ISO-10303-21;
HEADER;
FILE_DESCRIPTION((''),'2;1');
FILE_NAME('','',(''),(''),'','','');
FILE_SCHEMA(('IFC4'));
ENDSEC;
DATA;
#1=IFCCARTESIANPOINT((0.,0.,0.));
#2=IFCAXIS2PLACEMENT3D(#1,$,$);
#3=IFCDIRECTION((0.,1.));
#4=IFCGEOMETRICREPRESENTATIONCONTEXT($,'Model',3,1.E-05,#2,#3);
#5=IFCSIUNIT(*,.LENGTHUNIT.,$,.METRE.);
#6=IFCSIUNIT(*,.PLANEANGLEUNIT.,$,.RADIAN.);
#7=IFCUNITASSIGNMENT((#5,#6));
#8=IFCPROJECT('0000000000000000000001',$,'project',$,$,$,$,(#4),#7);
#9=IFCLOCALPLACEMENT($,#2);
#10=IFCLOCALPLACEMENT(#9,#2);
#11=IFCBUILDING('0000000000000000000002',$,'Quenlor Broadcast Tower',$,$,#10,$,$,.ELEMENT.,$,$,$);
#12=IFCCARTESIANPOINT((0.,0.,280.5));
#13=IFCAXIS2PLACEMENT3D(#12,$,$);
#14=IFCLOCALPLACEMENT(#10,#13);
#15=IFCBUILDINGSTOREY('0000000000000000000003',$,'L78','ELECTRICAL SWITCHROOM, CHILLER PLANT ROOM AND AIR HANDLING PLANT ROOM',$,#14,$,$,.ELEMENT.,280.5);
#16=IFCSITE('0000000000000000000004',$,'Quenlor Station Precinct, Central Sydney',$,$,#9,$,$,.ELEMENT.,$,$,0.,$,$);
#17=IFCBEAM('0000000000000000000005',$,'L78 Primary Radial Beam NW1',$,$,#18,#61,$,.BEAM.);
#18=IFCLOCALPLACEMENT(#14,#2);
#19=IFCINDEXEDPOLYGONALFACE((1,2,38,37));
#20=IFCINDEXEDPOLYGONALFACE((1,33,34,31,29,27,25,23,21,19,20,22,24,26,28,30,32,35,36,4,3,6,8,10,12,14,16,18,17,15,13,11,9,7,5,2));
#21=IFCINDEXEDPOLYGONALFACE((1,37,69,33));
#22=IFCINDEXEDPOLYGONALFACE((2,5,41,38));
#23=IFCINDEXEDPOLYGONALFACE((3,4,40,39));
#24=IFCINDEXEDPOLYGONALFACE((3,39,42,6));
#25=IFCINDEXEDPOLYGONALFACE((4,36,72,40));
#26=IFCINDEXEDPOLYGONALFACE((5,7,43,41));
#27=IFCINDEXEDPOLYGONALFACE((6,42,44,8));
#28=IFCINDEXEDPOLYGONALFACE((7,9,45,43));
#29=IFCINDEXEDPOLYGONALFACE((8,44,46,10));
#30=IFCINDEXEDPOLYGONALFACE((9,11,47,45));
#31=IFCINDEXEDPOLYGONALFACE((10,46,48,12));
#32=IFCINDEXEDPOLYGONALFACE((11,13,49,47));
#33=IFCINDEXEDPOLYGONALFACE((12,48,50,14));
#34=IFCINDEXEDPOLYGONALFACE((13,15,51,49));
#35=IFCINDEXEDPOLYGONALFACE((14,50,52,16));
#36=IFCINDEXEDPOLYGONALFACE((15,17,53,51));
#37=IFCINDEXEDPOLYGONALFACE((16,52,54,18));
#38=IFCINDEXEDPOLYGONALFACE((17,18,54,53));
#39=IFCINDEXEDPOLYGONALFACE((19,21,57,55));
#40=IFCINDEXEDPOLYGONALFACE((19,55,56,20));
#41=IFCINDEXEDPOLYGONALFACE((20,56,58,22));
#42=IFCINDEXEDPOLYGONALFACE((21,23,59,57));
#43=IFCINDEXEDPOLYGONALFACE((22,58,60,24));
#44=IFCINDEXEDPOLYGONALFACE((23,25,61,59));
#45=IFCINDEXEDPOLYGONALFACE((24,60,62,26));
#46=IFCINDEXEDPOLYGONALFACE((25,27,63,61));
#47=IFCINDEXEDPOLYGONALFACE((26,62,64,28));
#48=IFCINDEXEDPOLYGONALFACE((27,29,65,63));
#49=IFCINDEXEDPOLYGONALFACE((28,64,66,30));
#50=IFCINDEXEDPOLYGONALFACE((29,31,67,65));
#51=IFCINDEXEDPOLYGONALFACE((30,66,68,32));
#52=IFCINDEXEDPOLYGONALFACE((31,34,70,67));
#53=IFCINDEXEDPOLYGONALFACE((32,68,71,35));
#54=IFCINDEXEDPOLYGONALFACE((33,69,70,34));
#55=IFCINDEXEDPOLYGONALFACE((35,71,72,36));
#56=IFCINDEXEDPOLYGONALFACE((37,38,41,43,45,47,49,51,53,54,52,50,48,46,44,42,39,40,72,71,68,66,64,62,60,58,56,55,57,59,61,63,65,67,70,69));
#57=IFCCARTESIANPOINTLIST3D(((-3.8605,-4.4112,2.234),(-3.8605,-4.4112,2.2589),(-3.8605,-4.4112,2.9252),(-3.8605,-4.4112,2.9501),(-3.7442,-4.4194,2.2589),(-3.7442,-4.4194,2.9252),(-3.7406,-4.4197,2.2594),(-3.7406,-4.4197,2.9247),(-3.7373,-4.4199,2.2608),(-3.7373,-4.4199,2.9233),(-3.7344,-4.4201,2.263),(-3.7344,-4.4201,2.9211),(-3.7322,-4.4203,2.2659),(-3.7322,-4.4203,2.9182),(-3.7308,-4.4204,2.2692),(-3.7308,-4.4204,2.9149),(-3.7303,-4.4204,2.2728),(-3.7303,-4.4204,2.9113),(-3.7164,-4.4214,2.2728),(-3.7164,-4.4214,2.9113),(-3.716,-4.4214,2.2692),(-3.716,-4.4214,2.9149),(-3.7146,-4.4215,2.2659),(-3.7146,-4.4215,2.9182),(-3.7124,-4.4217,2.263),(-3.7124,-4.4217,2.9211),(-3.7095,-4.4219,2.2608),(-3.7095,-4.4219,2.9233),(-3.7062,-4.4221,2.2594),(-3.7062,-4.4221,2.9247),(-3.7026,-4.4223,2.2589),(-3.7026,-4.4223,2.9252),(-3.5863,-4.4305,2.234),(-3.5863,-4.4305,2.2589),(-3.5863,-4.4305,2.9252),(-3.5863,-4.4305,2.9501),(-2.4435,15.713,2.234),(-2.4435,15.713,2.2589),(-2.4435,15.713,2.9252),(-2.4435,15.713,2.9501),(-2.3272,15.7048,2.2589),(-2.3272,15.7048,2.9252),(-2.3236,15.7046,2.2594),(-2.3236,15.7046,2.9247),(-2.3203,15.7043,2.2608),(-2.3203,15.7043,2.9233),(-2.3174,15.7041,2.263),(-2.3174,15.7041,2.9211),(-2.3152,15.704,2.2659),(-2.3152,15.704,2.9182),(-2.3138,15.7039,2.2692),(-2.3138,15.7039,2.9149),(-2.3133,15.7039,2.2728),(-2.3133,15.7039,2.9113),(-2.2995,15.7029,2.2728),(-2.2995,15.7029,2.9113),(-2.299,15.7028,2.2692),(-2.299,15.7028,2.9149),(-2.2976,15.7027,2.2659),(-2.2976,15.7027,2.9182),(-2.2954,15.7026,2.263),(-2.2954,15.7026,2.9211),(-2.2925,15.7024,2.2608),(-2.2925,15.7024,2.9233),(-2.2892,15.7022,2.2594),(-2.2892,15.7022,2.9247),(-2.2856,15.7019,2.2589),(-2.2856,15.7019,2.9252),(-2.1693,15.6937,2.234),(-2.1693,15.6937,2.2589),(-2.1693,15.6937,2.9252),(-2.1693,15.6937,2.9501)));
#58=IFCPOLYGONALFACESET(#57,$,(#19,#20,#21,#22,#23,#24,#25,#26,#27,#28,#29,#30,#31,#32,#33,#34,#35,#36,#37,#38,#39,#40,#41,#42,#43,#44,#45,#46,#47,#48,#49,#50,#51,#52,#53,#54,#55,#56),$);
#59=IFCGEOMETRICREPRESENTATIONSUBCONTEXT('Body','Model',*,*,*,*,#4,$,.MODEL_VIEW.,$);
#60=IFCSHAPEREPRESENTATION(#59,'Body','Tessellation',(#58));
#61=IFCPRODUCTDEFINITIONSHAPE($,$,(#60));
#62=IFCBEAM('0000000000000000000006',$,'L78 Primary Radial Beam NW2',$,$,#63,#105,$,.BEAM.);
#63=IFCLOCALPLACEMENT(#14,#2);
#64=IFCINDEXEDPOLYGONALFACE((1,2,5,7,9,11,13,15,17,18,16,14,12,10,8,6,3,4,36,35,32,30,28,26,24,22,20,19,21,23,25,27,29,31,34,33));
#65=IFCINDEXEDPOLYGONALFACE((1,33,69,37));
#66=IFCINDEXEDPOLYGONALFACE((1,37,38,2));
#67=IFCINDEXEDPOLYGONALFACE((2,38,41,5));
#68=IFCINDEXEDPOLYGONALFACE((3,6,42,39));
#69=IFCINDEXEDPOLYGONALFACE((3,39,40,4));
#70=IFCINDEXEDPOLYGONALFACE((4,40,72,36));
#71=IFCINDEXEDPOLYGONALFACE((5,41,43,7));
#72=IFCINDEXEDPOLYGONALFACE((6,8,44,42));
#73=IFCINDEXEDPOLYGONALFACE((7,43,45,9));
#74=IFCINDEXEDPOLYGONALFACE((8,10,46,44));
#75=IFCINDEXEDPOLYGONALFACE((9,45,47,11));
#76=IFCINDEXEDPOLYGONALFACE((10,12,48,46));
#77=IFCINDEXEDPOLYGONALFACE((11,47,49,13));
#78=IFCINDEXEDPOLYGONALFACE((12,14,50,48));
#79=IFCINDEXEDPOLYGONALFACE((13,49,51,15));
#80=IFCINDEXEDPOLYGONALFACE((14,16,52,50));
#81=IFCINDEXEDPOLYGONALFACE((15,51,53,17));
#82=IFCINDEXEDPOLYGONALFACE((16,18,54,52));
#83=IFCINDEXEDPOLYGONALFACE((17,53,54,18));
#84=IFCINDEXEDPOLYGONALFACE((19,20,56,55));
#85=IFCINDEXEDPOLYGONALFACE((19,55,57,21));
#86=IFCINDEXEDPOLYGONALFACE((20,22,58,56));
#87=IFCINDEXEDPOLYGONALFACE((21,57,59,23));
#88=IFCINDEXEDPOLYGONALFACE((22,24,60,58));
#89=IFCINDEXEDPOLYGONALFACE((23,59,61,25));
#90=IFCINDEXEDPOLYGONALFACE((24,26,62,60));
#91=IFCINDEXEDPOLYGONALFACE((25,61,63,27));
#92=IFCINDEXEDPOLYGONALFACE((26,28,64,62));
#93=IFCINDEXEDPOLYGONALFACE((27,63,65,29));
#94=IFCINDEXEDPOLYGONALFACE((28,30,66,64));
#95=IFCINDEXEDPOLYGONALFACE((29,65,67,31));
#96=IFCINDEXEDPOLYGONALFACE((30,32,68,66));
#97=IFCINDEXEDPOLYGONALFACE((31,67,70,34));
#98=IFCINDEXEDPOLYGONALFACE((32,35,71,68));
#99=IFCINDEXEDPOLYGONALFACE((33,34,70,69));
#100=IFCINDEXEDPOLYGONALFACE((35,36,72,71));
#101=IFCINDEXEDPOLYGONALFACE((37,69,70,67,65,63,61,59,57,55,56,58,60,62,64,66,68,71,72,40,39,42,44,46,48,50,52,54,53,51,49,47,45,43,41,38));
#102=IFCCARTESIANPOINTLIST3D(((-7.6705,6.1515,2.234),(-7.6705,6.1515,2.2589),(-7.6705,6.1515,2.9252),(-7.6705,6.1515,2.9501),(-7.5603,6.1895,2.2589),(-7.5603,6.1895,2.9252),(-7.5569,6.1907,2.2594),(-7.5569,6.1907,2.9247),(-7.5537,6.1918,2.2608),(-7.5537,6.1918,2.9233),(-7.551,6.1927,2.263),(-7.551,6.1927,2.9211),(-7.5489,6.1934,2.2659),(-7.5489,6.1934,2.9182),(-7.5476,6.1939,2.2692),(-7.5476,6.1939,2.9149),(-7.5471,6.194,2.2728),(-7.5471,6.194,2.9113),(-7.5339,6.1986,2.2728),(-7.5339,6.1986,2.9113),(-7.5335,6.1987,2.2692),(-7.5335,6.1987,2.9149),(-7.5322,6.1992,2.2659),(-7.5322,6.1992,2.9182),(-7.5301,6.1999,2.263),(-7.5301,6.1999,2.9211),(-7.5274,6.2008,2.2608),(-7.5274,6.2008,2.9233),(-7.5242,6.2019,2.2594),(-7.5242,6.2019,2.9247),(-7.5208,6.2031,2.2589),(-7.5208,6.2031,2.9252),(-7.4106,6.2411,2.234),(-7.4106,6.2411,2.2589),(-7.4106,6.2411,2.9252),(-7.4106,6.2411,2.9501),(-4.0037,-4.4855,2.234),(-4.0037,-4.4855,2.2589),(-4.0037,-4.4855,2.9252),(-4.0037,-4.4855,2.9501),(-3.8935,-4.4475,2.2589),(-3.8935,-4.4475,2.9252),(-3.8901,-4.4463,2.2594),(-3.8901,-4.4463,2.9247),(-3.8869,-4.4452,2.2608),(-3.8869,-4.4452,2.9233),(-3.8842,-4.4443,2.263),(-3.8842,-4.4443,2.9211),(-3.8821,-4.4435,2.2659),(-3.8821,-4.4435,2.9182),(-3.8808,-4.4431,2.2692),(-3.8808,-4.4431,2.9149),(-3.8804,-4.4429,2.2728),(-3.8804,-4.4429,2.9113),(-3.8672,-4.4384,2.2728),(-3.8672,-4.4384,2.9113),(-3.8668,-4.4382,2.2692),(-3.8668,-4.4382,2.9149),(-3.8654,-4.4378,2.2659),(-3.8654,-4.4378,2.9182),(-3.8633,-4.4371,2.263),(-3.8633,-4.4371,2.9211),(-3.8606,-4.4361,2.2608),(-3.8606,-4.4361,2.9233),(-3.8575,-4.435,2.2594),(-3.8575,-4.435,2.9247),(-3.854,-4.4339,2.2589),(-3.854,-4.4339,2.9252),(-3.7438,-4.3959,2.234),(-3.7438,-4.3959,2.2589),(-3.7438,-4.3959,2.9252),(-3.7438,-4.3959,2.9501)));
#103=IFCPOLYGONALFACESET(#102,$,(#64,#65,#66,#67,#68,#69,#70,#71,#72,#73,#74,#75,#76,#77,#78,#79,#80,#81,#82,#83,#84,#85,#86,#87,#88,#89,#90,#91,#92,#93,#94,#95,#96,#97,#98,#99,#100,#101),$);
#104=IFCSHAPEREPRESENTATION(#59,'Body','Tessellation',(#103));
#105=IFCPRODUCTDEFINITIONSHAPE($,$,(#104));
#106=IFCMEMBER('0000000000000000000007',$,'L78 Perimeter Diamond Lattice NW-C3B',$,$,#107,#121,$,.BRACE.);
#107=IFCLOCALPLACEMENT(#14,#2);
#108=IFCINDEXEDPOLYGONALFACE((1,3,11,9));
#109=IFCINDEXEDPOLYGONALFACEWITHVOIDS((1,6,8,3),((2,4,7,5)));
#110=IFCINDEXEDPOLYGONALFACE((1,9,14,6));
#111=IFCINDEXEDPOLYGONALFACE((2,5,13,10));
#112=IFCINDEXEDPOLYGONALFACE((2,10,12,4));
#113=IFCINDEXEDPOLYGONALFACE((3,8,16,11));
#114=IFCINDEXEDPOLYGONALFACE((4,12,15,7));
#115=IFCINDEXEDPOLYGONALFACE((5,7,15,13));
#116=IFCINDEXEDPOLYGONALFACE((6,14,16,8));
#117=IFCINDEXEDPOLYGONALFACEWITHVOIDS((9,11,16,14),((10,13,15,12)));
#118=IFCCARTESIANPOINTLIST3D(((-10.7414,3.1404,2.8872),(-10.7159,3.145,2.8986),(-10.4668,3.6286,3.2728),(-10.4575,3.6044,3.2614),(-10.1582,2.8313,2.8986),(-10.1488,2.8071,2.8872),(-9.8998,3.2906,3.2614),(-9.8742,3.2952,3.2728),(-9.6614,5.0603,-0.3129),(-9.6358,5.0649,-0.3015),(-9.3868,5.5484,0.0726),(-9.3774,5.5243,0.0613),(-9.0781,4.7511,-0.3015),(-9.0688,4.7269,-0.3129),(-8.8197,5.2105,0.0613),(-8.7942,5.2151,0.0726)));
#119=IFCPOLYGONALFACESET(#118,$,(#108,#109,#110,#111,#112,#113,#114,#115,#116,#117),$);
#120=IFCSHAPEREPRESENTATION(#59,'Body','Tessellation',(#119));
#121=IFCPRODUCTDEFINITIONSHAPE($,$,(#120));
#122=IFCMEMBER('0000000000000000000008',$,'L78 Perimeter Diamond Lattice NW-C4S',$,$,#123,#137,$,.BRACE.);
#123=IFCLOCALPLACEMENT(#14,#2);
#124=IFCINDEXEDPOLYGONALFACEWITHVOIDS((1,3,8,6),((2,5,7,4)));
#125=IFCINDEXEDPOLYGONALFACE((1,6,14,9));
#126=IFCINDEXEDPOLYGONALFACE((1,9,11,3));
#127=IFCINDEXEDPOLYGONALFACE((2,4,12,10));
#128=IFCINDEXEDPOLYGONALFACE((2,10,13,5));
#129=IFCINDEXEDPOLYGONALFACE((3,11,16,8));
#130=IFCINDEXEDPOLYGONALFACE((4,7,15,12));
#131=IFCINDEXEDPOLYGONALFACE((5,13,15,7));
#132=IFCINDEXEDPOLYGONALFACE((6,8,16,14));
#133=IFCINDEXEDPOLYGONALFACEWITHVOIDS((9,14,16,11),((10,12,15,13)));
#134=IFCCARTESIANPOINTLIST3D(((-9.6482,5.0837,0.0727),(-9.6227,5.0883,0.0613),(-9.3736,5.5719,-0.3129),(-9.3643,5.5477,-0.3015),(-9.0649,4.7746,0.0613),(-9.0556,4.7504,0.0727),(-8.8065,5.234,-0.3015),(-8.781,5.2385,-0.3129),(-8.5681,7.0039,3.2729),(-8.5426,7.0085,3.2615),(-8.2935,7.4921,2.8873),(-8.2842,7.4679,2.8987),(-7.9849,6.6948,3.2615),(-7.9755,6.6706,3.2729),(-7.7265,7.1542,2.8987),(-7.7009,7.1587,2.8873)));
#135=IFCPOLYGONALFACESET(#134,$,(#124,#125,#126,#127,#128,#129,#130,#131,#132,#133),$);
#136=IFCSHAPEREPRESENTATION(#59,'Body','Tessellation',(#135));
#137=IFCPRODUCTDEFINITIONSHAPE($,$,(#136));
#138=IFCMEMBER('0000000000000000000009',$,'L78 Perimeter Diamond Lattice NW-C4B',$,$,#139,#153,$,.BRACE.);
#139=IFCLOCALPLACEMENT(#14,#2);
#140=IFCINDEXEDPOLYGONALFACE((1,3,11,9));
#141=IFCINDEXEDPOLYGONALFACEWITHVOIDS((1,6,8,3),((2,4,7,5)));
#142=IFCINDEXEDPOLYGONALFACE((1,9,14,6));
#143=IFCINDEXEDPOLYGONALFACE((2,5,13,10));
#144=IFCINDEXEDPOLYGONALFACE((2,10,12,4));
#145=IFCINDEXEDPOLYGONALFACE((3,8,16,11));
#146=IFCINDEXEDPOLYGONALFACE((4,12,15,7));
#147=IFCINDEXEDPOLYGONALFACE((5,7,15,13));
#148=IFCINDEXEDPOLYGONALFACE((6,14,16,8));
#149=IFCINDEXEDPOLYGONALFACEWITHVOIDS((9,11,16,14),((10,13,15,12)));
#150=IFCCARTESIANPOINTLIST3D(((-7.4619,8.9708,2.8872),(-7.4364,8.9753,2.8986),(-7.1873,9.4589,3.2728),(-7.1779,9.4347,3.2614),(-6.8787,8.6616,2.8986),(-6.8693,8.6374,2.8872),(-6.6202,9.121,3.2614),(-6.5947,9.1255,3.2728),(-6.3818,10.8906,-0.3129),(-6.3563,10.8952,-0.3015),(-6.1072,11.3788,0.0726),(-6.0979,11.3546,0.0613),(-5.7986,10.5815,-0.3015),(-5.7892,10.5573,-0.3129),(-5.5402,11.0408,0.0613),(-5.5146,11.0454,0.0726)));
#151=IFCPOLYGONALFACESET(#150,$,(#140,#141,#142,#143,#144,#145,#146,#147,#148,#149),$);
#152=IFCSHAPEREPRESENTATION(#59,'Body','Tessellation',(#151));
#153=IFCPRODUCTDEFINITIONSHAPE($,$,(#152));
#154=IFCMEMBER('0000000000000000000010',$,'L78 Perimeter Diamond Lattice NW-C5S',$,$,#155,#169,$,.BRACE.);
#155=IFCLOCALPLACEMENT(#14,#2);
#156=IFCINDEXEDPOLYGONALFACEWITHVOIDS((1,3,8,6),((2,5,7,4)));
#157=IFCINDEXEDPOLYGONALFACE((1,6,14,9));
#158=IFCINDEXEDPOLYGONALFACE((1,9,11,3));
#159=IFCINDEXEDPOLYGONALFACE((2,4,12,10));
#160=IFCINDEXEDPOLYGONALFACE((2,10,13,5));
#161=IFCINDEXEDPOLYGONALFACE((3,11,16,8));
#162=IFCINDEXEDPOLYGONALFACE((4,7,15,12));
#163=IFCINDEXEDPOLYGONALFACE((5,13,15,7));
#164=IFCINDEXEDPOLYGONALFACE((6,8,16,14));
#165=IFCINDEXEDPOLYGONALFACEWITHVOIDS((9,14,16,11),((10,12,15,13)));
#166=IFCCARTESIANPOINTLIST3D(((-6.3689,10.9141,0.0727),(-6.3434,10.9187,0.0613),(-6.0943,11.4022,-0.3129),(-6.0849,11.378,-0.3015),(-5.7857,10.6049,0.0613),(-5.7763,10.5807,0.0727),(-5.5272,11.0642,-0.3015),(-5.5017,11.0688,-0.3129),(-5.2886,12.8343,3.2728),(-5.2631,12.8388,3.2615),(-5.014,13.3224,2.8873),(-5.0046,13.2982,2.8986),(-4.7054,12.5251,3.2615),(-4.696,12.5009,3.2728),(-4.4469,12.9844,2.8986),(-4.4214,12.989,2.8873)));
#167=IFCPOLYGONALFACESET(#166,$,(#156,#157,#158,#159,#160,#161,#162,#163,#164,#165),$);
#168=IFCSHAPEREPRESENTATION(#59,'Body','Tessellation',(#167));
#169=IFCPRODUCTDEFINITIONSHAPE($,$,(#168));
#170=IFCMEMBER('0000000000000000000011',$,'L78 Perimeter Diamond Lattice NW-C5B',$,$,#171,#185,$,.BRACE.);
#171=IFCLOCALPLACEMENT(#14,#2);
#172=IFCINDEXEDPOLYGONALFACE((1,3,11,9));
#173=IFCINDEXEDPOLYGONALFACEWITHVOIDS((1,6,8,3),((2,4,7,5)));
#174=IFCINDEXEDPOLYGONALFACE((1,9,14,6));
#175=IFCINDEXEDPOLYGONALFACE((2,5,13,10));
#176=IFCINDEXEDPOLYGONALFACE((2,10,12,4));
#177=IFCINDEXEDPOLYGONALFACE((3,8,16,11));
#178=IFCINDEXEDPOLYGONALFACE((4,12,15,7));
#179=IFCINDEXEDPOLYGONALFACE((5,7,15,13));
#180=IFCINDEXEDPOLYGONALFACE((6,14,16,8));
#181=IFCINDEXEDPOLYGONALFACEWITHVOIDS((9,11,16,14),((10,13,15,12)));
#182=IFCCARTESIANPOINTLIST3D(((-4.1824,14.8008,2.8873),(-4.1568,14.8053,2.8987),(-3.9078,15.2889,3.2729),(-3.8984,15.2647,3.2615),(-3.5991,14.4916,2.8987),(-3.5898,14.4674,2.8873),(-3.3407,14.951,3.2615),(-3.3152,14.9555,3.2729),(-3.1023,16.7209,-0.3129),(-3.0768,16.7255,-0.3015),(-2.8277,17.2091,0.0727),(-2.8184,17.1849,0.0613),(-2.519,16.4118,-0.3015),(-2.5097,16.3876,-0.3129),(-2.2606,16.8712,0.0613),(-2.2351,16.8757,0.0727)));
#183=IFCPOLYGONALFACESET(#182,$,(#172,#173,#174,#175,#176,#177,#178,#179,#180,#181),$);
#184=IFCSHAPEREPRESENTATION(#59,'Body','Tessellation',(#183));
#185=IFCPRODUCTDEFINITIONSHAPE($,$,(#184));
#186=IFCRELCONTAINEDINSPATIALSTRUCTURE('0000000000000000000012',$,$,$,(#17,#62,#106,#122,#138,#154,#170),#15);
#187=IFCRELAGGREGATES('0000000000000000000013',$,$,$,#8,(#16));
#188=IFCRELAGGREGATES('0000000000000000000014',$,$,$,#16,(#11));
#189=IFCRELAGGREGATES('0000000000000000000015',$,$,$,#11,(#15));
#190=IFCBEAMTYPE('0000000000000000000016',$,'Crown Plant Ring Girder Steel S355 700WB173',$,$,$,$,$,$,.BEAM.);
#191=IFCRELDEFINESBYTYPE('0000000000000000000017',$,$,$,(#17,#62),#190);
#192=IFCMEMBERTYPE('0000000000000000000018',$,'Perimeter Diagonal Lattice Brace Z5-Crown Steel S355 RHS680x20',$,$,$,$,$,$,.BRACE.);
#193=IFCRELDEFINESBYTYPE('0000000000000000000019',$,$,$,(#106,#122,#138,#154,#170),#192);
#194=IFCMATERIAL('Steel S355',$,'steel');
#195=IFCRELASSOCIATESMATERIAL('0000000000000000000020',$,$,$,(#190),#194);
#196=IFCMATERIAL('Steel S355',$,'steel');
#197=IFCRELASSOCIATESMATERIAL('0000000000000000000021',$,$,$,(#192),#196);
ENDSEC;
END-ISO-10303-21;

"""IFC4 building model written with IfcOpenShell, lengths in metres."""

from ifc_helpers import new_model, si_unit, direction, frame, origin, origin_2d, place, context, subcontext, project, spatial, hollow_rectangle, i_section, extrude, material, material_profile, profile_set, type_object, element, save


model = new_model("IFC4")

# Units and contexts
model_context = context("Model", 3, precision=1e-05, world=origin(), true_north=direction((0.0, 1.0)))
body_context = subcontext(model_context, "Body", "Model", "MODEL_VIEW")
ifc_project = project(units=[si_unit("LENGTHUNIT", "METRE"), si_unit("PLANEANGLEUNIT", "RADIAN")], contexts=[model_context])

# Site, building, storey
site_placement = place(None, origin())
site = spatial("IfcSite", under=ifc_project, at=site_placement, Name="Quenlor Station Precinct, Central Sydney", CompositionType="ELEMENT", RefElevation=0.0)
building_placement = place(site_placement, origin())
building = spatial("IfcBuilding", under=site, at=building_placement, Name="Quenlor Broadcast Tower", CompositionType="ELEMENT")
storey_placement = place(building_placement, frame((0.0, 0.0, 280.5)))
storey = spatial("IfcBuildingStorey", under=building, at=storey_placement, Name="L78", Description="ELECTRICAL SWITCHROOM, CHILLER PLANT ROOM AND AIR HANDLING PLANT ROOM", CompositionType="ELEMENT", Elevation=280.5)

# Beams
ifc_material_1 = material(Name="Steel S355", Category="steel")
ifc_material_profile_1 = material_profile(ifc_material_1, i_section(OverallWidth=0.2749, OverallDepth=0.7161, WebThickness=0.0139, FlangeThickness=0.0249, FilletRadius=0.0139, at=origin_2d()))
ifc_profile_set_1 = profile_set([ifc_material_profile_1], Name="Steel S355 700WB173")
beam_type_1 = type_object("IfcBeamType", Name="Crown Plant Ring Girder Steel S355 700WB173", PredefinedType="BEAM", material=ifc_profile_set_1)
beam_1_placement = place(storey_placement, frame((-2.3064, 15.7034, 2.592), z_axis=(-0.070238, -0.99753, 0.0), x_axis=(0.99753, -0.070238, 0.0)))
element("IfcBeam", 1, at=beam_1_placement, inside=storey, type_object=beam_type_1, Name="L78 Primary Radial Beam NW1", PredefinedType="BEAM", context=body_context, shape_type="SweptSolid", body=[
    extrude(i_section(OverallWidth=0.2749, OverallDepth=0.7161, WebThickness=0.0139, FlangeThickness=0.0249, FilletRadius=0.0139, at=origin_2d()), origin(), (0.0, 0.0, 1.0), 20.1741),
])
beam_2_placement = place(storey_placement, frame((-7.5405, 6.1963, 2.592), z_axis=(0.325898, -0.945405, 0.0), x_axis=(0.945405, 0.325898, 0.0)))
element("IfcBeam", 2, at=beam_2_placement, inside=storey, type_object=beam_type_1, Name="L78 Primary Radial Beam NW2", PredefinedType="BEAM", context=body_context, shape_type="SweptSolid", body=[
    extrude(i_section(OverallWidth=0.2749, OverallDepth=0.7161, WebThickness=0.0139, FlangeThickness=0.0249, FilletRadius=0.0139, at=origin_2d()), origin(), (0.0, 0.0, 1.0), 11.2512),
])

# Members
ifc_material_2 = material(Name="Steel S355", Category="steel")
ifc_material_profile_2 = material_profile(ifc_material_2, hollow_rectangle(XDim=0.6799, YDim=0.6799, WallThickness=0.02, at=origin_2d()))
ifc_profile_set_2 = profile_set([ifc_material_profile_2], Name="Steel S355 RHS680x680x20")
member_type_1 = type_object("IfcMemberType", Name="Perimeter Diagonal Lattice Brace Z5-Crown Steel S355 RHS680x20", PredefinedType="BRACE", material=ifc_profile_set_2)
member_1_placement = place(storey_placement, frame((-9.2278, 5.1377, -0.1201), z_axis=(-0.278006, -0.494177, 0.823712), x_axis=(0.871552, -0.490303, 0.0)))
element("IfcMember", 3, at=member_1_placement, inside=storey, type_object=member_type_1, Name="L78 Perimeter Diamond Lattice NW-C3B", PredefinedType="BRACE", context=body_context, shape_type="SweptSolid", body=[
    extrude(hollow_rectangle(XDim=0.6799, YDim=0.6799, WallThickness=0.02, at=origin_2d()), origin(), (0.0, 0.0, 1.0), 3.885),
])
member_2_placement = place(storey_placement, frame((-9.2146, 5.1611, -0.1201), z_axis=(0.277997, 0.494225, 0.823687), x_axis=(-0.871578, 0.490256, 0.0)))
element("IfcMember", 4, at=member_2_placement, inside=storey, type_object=member_type_1, Name="L78 Perimeter Diamond Lattice NW-C4S", PredefinedType="BRACE", context=body_context, shape_type="SweptSolid", body=[
    extrude(hollow_rectangle(XDim=0.6799, YDim=0.6799, WallThickness=0.02, at=origin_2d()), origin(), (0.0, 0.0, 1.0), 3.8853),
])
member_3_placement = place(storey_placement, frame((-5.9482, 10.968, -0.1201), z_axis=(-0.278006, -0.494177, 0.823712), x_axis=(0.871552, -0.490303, 0.0)))
element("IfcMember", 5, at=member_3_placement, inside=storey, type_object=member_type_1, Name="L78 Perimeter Diamond Lattice NW-C4B", PredefinedType="BRACE", context=body_context, shape_type="SweptSolid", body=[
    extrude(hollow_rectangle(XDim=0.6799, YDim=0.6799, WallThickness=0.02, at=origin_2d()), origin(), (0.0, 0.0, 1.0), 3.885),
])
for number, where, z_axis, x_axis, name in (
    (6, (-5.9353, 10.9915, -0.1201), (0.278055, 0.494216, 0.823672), (-0.871531, 0.49034, 0.0), "L78 Perimeter Diamond Lattice NW-C5S"),
    (7, (-2.6687, 16.7983, -0.1201), (-0.277997, -0.494225, 0.823687), (0.871578, -0.490256, 0.0), "L78 Perimeter Diamond Lattice NW-C5B"),
):
    element("IfcMember", number, at=place(storey_placement, frame(where, z_axis=z_axis, x_axis=x_axis)), inside=storey, type_object=member_type_1, Name=name, PredefinedType="BRACE", context=body_context, shape_type="SweptSolid", body=[
        extrude(hollow_rectangle(XDim=0.6799, YDim=0.6799, WallThickness=0.02, at=origin_2d()), origin(), (0.0, 0.0, 1.0), 3.8853),
    ])

save(model, "model.ifc")
